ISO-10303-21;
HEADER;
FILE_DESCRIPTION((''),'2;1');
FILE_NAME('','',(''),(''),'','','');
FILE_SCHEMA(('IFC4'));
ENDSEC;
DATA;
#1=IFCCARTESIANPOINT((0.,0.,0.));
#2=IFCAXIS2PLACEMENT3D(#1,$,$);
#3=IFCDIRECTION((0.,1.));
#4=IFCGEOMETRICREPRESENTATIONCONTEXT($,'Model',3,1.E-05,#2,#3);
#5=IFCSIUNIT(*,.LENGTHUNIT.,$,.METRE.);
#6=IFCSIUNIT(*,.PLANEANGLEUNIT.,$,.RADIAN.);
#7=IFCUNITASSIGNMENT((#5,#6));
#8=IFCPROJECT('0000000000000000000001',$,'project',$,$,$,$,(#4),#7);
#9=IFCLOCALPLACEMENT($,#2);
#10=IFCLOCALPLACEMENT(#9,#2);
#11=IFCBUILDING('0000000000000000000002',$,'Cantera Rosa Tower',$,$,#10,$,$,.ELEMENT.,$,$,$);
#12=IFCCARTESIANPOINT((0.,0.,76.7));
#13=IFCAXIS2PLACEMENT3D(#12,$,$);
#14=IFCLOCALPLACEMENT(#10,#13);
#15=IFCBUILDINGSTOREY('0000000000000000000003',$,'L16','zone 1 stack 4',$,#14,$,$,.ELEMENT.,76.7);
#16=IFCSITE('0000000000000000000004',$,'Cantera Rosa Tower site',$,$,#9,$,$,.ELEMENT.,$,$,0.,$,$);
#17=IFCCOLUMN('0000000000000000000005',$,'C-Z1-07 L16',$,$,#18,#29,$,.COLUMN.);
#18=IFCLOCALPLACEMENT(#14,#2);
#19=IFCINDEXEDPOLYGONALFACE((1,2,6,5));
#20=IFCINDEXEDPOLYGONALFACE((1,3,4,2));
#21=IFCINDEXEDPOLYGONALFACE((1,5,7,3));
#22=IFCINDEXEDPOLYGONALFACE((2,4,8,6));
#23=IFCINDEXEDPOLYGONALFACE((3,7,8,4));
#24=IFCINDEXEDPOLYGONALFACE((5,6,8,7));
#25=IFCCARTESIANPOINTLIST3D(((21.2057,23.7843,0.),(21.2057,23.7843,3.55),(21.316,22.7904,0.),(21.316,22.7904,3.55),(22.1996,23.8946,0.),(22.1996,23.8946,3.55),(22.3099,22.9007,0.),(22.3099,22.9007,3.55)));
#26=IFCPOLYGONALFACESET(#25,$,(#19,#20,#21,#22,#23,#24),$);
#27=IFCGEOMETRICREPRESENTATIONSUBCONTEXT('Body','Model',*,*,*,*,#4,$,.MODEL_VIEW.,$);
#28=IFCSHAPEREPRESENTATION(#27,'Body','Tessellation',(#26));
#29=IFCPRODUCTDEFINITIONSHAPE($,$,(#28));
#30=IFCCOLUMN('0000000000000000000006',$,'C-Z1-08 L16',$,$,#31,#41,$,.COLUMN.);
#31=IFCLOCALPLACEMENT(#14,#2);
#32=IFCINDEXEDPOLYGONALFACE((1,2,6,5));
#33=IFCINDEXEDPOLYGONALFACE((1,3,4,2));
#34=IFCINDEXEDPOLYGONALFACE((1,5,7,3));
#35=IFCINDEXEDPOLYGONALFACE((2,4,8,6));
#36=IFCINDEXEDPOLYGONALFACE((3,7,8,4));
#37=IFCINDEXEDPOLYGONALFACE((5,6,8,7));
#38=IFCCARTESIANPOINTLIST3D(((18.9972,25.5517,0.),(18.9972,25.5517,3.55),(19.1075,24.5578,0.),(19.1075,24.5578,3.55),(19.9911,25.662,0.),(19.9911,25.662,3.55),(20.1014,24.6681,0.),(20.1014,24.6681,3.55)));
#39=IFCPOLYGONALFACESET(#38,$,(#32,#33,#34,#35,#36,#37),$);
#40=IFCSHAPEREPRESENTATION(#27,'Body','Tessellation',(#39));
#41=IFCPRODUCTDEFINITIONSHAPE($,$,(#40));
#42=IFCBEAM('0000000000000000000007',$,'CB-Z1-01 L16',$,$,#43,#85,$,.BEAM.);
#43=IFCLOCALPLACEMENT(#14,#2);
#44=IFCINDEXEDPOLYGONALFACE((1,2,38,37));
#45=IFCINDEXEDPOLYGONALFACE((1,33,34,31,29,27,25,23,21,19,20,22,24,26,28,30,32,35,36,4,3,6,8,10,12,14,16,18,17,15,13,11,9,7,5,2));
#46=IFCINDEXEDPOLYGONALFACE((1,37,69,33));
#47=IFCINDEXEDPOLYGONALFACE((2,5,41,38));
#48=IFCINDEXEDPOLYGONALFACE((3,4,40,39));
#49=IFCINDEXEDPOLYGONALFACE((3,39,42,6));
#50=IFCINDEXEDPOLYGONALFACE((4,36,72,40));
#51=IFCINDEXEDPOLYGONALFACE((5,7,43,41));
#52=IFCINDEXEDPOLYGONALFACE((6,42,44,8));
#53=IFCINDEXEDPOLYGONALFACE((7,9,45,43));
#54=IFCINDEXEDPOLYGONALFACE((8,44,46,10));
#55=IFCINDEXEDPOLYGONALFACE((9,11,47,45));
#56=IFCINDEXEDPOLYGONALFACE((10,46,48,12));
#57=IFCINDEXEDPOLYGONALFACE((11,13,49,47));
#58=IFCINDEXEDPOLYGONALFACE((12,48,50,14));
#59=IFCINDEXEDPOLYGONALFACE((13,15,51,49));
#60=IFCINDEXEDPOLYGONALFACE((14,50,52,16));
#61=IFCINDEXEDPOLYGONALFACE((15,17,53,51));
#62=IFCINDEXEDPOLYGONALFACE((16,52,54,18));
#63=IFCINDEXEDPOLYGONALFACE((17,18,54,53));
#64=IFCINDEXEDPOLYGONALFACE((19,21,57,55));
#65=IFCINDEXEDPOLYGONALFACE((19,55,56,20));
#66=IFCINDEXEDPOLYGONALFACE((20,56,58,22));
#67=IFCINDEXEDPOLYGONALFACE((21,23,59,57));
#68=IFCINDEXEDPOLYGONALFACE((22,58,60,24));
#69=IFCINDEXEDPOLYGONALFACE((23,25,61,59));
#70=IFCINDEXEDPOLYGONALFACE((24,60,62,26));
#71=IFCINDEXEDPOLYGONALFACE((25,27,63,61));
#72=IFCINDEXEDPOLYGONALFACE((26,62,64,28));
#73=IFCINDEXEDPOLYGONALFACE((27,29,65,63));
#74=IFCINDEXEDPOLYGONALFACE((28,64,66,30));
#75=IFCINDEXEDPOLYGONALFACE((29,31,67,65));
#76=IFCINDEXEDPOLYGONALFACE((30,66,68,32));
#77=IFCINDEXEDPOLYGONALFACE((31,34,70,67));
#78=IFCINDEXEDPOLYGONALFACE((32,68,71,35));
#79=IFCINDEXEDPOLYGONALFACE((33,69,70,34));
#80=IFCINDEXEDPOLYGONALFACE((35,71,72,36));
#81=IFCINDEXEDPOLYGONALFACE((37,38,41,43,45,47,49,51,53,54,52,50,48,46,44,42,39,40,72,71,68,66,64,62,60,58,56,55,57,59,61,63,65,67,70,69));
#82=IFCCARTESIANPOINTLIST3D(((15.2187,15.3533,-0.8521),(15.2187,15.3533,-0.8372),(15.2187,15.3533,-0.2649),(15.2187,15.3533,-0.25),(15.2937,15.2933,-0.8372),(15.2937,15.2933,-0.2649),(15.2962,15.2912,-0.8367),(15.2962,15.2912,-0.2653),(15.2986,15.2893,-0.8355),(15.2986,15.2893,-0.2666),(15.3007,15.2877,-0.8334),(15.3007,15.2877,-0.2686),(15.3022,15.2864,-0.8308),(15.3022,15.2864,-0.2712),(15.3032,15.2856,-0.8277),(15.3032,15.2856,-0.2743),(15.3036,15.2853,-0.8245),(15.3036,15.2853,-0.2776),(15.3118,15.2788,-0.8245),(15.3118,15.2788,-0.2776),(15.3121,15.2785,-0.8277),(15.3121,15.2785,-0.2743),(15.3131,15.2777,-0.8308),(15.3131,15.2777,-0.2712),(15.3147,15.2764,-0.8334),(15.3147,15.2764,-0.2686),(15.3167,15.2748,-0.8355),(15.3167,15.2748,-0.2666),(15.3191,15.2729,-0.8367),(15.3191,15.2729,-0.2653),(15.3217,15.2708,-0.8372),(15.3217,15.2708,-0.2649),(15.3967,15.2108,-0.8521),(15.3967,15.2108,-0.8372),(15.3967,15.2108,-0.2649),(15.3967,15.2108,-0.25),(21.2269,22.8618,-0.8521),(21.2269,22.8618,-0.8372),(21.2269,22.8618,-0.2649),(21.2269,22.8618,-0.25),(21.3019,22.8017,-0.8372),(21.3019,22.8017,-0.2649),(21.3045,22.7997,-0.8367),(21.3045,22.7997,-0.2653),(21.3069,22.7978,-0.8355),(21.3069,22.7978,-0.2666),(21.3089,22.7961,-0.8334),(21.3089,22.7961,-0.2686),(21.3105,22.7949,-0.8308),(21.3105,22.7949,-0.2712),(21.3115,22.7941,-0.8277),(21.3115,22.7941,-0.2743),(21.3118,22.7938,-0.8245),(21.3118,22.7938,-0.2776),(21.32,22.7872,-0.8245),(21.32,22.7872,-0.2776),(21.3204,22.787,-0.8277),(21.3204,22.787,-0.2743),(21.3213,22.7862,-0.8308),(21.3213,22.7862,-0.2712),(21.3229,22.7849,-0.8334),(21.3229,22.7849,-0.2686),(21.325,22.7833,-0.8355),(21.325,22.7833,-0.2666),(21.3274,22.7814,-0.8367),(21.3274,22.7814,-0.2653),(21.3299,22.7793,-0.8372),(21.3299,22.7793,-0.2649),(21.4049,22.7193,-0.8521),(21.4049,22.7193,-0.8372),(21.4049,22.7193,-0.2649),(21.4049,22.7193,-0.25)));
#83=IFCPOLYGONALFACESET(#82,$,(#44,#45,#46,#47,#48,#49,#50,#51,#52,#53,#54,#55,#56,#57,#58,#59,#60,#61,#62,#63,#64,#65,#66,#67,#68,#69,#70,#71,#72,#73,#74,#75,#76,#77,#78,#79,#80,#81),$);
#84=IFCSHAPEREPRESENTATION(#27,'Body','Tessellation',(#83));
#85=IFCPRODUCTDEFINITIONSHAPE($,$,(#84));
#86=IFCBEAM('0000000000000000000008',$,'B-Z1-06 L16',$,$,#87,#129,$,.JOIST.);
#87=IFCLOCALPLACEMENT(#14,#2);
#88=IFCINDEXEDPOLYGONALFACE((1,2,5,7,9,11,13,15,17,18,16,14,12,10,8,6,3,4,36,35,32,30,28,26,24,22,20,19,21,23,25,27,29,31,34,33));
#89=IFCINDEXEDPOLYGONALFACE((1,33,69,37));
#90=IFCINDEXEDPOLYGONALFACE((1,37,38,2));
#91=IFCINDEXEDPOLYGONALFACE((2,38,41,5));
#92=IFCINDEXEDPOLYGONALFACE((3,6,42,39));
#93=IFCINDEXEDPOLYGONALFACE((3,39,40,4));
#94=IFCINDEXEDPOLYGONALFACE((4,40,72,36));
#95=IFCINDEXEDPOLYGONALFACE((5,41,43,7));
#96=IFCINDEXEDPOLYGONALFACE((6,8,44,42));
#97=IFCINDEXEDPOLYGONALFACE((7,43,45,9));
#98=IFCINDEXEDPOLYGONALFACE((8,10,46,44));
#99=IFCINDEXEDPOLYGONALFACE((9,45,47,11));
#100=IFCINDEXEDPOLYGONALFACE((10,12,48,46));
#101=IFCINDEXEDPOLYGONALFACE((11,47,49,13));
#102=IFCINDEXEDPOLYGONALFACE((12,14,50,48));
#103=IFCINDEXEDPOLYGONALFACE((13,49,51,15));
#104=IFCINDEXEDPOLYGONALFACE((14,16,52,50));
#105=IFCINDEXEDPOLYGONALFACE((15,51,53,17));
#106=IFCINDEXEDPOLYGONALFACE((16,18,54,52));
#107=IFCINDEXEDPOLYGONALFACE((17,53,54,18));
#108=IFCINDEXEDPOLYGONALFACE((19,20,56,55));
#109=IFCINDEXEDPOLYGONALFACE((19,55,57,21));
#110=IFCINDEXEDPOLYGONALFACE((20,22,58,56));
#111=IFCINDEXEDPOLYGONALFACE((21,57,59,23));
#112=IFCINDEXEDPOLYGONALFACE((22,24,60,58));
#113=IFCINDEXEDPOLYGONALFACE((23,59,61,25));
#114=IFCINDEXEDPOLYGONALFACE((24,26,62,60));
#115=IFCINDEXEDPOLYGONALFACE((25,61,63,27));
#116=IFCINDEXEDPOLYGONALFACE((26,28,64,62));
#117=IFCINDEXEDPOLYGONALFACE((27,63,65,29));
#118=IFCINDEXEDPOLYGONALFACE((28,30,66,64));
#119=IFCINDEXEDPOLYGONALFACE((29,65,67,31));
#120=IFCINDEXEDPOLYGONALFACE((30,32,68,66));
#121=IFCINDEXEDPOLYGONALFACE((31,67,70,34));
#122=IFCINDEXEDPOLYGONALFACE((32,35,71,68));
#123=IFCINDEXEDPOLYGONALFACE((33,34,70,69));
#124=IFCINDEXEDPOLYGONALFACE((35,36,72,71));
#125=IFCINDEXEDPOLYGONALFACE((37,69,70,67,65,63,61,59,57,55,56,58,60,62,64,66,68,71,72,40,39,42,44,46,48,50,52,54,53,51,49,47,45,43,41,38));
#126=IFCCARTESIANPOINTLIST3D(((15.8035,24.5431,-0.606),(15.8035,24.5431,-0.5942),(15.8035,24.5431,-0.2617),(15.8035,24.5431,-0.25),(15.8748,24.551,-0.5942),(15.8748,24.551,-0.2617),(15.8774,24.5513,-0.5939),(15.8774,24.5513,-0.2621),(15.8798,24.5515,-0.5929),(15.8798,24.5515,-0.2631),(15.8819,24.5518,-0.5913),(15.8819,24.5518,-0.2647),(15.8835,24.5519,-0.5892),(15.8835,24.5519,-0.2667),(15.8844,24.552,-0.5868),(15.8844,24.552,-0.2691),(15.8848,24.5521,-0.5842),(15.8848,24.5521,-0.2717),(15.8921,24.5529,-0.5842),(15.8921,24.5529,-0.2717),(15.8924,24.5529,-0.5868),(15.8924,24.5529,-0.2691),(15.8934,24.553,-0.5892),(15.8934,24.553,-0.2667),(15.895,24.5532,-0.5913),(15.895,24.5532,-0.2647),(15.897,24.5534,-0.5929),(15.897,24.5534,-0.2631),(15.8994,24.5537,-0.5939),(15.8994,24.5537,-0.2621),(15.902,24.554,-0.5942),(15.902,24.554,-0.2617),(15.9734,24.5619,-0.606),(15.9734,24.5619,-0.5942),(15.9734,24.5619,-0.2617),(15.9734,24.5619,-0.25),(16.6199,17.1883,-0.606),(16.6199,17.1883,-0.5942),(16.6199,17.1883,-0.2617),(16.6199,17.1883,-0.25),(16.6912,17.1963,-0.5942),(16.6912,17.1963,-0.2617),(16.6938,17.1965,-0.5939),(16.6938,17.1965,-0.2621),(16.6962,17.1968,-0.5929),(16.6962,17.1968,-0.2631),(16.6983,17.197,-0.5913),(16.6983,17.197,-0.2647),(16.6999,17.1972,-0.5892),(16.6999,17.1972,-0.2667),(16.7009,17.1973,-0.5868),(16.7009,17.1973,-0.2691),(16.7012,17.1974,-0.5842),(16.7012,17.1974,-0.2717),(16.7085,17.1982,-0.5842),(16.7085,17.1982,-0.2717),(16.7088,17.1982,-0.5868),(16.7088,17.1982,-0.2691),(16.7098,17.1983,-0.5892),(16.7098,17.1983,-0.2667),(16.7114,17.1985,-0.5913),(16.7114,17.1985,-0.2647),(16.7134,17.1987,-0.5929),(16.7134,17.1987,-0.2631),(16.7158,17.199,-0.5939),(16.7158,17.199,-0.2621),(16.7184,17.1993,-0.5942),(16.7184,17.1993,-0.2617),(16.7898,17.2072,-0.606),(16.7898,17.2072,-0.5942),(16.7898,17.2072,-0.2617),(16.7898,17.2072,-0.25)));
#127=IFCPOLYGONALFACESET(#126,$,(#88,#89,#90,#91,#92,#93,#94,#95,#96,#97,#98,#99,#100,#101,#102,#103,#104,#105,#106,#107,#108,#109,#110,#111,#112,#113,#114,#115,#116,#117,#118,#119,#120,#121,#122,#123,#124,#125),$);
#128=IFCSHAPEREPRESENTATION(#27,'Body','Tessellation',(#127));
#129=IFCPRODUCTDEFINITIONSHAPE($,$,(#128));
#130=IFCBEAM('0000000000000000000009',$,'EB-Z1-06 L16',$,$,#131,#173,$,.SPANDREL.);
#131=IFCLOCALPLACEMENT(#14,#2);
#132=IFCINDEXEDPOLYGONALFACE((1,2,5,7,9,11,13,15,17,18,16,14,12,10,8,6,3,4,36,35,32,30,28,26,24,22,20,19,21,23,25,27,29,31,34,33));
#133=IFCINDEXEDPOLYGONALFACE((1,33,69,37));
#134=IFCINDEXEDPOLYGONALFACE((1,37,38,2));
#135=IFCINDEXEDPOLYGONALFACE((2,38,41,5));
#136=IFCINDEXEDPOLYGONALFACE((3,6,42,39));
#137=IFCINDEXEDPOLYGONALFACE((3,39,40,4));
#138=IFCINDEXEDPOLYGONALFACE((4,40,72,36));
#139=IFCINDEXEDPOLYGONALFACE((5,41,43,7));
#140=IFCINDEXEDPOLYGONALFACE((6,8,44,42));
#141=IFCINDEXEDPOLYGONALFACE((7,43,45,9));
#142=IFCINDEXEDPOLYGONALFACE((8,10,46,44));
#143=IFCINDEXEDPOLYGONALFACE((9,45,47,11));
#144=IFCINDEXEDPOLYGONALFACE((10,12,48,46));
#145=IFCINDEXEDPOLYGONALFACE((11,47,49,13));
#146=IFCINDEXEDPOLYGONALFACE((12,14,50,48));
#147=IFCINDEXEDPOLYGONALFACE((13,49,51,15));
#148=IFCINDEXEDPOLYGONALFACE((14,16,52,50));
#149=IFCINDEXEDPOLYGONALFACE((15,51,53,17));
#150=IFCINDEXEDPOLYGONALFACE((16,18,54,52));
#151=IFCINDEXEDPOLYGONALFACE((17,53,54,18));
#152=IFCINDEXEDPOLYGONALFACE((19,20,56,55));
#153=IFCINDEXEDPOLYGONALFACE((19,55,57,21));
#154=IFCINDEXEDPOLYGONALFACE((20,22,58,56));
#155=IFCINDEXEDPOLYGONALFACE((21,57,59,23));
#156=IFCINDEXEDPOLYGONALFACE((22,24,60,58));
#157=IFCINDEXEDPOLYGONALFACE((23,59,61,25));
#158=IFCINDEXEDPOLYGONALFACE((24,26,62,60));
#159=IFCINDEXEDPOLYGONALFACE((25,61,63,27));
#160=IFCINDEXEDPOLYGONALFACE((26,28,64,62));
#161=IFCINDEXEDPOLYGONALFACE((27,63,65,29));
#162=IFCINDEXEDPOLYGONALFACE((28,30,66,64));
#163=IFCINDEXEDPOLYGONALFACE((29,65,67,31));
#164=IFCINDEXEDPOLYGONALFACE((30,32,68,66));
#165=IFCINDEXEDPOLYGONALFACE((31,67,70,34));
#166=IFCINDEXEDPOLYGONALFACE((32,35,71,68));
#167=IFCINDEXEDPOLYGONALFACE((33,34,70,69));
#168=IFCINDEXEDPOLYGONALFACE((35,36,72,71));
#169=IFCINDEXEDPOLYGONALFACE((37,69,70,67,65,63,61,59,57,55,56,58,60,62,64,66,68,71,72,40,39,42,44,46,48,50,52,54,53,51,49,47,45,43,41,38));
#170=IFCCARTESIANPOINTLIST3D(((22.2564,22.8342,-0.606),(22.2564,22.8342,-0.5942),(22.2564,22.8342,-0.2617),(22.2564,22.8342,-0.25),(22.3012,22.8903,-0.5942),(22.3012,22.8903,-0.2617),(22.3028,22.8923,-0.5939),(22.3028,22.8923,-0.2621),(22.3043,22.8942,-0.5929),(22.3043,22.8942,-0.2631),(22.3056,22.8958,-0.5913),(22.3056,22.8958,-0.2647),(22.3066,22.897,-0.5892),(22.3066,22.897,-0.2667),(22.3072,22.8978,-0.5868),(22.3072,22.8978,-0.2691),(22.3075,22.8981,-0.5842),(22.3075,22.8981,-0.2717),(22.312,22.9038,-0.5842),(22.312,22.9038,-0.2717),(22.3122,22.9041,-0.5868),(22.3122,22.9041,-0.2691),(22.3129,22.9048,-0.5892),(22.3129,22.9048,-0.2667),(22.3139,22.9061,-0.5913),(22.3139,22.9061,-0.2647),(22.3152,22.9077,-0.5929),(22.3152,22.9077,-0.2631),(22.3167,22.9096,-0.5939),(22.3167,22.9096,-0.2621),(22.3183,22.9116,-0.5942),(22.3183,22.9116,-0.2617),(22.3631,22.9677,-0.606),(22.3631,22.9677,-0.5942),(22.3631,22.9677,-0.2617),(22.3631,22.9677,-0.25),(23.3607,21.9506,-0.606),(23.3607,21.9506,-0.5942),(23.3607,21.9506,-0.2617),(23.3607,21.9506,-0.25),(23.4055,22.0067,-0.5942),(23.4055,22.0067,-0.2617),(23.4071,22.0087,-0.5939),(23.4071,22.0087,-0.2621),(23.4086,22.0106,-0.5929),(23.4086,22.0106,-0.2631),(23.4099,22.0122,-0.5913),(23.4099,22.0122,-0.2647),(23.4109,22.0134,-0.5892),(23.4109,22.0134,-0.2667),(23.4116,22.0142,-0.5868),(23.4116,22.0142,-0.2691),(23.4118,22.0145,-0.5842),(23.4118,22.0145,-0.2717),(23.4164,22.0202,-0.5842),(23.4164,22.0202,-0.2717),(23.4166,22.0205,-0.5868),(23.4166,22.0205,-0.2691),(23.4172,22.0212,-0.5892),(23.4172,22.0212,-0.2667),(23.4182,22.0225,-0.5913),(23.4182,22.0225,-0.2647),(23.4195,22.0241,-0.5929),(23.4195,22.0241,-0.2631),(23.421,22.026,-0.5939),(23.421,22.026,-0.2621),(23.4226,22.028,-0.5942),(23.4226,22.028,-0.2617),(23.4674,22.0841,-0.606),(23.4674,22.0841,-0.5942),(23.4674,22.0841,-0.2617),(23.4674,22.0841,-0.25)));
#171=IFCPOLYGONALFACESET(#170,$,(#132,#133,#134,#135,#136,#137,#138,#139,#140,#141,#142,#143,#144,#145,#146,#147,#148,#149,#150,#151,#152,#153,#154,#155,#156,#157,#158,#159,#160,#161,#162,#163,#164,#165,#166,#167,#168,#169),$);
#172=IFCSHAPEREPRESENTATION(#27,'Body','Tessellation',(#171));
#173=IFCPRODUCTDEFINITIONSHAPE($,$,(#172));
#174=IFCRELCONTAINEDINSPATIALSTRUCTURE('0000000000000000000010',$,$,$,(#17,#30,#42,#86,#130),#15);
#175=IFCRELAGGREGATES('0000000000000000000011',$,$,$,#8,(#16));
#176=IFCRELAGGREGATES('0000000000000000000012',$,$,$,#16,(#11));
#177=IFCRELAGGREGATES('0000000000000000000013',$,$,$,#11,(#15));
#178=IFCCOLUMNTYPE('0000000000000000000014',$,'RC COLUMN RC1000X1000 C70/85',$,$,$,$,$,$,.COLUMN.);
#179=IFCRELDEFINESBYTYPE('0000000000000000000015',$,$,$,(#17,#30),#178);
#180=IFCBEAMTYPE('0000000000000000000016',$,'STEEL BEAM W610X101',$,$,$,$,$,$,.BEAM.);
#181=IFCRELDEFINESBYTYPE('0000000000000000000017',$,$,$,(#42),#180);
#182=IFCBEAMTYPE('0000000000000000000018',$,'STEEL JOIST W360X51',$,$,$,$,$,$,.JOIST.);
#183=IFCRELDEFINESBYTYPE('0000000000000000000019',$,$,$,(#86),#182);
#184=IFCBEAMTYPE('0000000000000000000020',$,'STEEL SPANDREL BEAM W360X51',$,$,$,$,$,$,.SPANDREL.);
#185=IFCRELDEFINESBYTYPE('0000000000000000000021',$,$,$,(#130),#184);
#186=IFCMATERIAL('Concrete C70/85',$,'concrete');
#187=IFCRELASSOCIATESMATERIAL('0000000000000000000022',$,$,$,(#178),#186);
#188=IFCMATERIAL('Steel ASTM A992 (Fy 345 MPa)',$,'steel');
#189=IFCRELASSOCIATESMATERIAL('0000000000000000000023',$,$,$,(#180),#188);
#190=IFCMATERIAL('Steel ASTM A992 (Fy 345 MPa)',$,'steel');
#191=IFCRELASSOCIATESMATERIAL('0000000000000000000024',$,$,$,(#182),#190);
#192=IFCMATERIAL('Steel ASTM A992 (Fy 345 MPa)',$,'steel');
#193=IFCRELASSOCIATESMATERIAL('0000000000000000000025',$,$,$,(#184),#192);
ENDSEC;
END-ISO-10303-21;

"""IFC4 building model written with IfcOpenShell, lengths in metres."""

from ifc_helpers import new_model, si_unit, direction, frame, origin, origin_2d, place, context, subcontext, project, spatial, rectangle, i_section, extrude, material, material_profile, profile_set, type_object, element, save


model = new_model("IFC4")

# Units and contexts
model_context = context("Model", 3, precision=1e-05, world=origin(), true_north=direction((0.0, 1.0)))
body_context = subcontext(model_context, "Body", "Model", "MODEL_VIEW")
ifc_project = project(units=[si_unit("LENGTHUNIT", "METRE"), si_unit("PLANEANGLEUNIT", "RADIAN")], contexts=[model_context])

# Site, building, storey
site_placement = place(None, origin())
site = spatial("IfcSite", under=ifc_project, at=site_placement, Name="Cantera Rosa Tower site", CompositionType="ELEMENT", RefElevation=0.0)
building_placement = place(site_placement, origin())
building = spatial("IfcBuilding", under=site, at=building_placement, Name="Cantera Rosa Tower", CompositionType="ELEMENT")
storey_placement = place(building_placement, frame((0.0, 0.0, 76.7)))
storey = spatial("IfcBuildingStorey", under=building, at=storey_placement, Name="L16", Description="zone 1 stack 4", CompositionType="ELEMENT", Elevation=76.7)

# Columns
ifc_material_1 = material(Name="Concrete C70/85", Category="concrete")
ifc_material_profile_1 = material_profile(ifc_material_1, rectangle(XDim=1.0, YDim=1.0, at=origin_2d()), Name="RC COLUMN RC1000X1000 C70/85")
ifc_profile_set_1 = profile_set([ifc_material_profile_1], Name="Concrete C70/85")
column_type = type_object("IfcColumnType", Name="RC COLUMN RC1000X1000 C70/85", PredefinedType="COLUMN", material=ifc_profile_set_1)
for number, where, z_axis, x_axis, name in (
    (1, (21.7578, 23.3425, 0.0), (0.0, 0.0, 1.0), (0.993897, 0.110313, 0.0), "C-Z1-07 L16"),
    (2, (19.5493, 25.1099, 0.0), (0.0, 0.0, 1.0), (0.993897, 0.110313, 0.0), "C-Z1-08 L16"),
):
    element("IfcColumn", number, at=place(storey_placement, frame(where, z_axis=z_axis, x_axis=x_axis)), inside=storey, type_object=column_type, Name=name, PredefinedType="COLUMN", context=body_context, shape_type="SweptSolid", body=[
        extrude(rectangle(XDim=1.0, YDim=1.0, at=origin_2d()), origin(), (0.0, 0.0, 1.0), 3.55),
    ])

# Beams
ifc_material_2 = material(Name="Steel ASTM A992 (Fy 345 MPa)", Category="steel")
ifc_material_profile_2 = material_profile(ifc_material_2, i_section(OverallWidth=0.228, OverallDepth=0.6021, WebThickness=0.0105, FlangeThickness=0.0149, FilletRadius=0.0127, at=origin_2d()), Name="W610X101")
ifc_profile_set_2 = profile_set([ifc_material_profile_2], Name="Steel ASTM A992 (Fy 345 MPa)")
beam_type_1 = type_object("IfcBeamType", Name="STEEL BEAM W610X101", PredefinedType="BEAM", material=ifc_profile_set_2)
beam_1_placement = place(storey_placement, frame((21.3159, 22.7905, -0.551), z_axis=(-0.624788, -0.780794, 0.0), x_axis=(0.780794, -0.624788, 0.0)))
element("IfcBeam", 3, at=beam_1_placement, inside=storey, type_object=beam_type_1, Name="CB-Z1-01 L16", PredefinedType="BEAM", context=body_context, shape_type="SweptSolid", body=[
    extrude(i_section(OverallWidth=0.228, OverallDepth=0.6021, WebThickness=0.0105, FlangeThickness=0.0149, FilletRadius=0.0127, at=origin_2d()), origin(), (0.0, 0.0, 1.0), 9.6165),
])
ifc_material_3 = material(Name="Steel ASTM A992 (Fy 345 MPa)", Category="steel")
ifc_material_profile_3 = material_profile(ifc_material_3, i_section(OverallWidth=0.1709, OverallDepth=0.356, WebThickness=0.0073, FlangeThickness=0.0117, FilletRadius=0.01, at=origin_2d()), Name="W360X51")
ifc_profile_set_3 = profile_set([ifc_material_profile_3], Name="Steel ASTM A992 (Fy 345 MPa)")
beam_type_2 = type_object("IfcBeamType", Name="STEEL JOIST W360X51", PredefinedType="JOIST", material=ifc_profile_set_3)
beam_2_placement = place(storey_placement, frame((15.8884, 24.5525, -0.428), z_axis=(0.110327, -0.993895, 0.0), x_axis=(0.993895, 0.110327, 0.0)))
element("IfcBeam", 4, at=beam_2_placement, inside=storey, type_object=beam_type_2, Name="B-Z1-06 L16", PredefinedType="JOIST", context=body_context, shape_type="SweptSolid", body=[
    extrude(i_section(OverallWidth=0.1709, OverallDepth=0.356, WebThickness=0.0073, FlangeThickness=0.0117, FilletRadius=0.01, at=origin_2d()), origin(), (0.0, 0.0, 1.0), 7.3999),
])
ifc_material_4 = material(Name="Steel ASTM A992 (Fy 345 MPa)", Category="steel")
ifc_material_profile_4 = material_profile(ifc_material_4, i_section(OverallWidth=0.1709, OverallDepth=0.356, WebThickness=0.0073, FlangeThickness=0.0117, FilletRadius=0.01, at=origin_2d()), Name="W360X51")
ifc_profile_set_4 = profile_set([ifc_material_profile_4], Name="Steel ASTM A992 (Fy 345 MPa)")
beam_type_3 = type_object("IfcBeamType", Name="STEEL SPANDREL BEAM W360X51", PredefinedType="SPANDREL", material=ifc_profile_set_4)
for number, where, z_axis, x_axis, name in (
    (5, (23.4141, 22.0173, -0.428), (-0.780818, 0.624758, 0.0), (-0.624758, -0.780818, 0.0), "EB-Z1-06 L16"),
):
    element("IfcBeam", number, at=place(storey_placement, frame(where, z_axis=z_axis, x_axis=x_axis)), inside=storey, type_object=beam_type_3, Name=name, PredefinedType="SPANDREL", context=body_context, shape_type="SweptSolid", body=[
        extrude(i_section(OverallWidth=0.1709, OverallDepth=0.356, WebThickness=0.0073, FlangeThickness=0.0117, FilletRadius=0.01, at=origin_2d()), origin(), (0.0, 0.0, 1.0), 1.4143),
    ])

save(model, "model.ifc")
